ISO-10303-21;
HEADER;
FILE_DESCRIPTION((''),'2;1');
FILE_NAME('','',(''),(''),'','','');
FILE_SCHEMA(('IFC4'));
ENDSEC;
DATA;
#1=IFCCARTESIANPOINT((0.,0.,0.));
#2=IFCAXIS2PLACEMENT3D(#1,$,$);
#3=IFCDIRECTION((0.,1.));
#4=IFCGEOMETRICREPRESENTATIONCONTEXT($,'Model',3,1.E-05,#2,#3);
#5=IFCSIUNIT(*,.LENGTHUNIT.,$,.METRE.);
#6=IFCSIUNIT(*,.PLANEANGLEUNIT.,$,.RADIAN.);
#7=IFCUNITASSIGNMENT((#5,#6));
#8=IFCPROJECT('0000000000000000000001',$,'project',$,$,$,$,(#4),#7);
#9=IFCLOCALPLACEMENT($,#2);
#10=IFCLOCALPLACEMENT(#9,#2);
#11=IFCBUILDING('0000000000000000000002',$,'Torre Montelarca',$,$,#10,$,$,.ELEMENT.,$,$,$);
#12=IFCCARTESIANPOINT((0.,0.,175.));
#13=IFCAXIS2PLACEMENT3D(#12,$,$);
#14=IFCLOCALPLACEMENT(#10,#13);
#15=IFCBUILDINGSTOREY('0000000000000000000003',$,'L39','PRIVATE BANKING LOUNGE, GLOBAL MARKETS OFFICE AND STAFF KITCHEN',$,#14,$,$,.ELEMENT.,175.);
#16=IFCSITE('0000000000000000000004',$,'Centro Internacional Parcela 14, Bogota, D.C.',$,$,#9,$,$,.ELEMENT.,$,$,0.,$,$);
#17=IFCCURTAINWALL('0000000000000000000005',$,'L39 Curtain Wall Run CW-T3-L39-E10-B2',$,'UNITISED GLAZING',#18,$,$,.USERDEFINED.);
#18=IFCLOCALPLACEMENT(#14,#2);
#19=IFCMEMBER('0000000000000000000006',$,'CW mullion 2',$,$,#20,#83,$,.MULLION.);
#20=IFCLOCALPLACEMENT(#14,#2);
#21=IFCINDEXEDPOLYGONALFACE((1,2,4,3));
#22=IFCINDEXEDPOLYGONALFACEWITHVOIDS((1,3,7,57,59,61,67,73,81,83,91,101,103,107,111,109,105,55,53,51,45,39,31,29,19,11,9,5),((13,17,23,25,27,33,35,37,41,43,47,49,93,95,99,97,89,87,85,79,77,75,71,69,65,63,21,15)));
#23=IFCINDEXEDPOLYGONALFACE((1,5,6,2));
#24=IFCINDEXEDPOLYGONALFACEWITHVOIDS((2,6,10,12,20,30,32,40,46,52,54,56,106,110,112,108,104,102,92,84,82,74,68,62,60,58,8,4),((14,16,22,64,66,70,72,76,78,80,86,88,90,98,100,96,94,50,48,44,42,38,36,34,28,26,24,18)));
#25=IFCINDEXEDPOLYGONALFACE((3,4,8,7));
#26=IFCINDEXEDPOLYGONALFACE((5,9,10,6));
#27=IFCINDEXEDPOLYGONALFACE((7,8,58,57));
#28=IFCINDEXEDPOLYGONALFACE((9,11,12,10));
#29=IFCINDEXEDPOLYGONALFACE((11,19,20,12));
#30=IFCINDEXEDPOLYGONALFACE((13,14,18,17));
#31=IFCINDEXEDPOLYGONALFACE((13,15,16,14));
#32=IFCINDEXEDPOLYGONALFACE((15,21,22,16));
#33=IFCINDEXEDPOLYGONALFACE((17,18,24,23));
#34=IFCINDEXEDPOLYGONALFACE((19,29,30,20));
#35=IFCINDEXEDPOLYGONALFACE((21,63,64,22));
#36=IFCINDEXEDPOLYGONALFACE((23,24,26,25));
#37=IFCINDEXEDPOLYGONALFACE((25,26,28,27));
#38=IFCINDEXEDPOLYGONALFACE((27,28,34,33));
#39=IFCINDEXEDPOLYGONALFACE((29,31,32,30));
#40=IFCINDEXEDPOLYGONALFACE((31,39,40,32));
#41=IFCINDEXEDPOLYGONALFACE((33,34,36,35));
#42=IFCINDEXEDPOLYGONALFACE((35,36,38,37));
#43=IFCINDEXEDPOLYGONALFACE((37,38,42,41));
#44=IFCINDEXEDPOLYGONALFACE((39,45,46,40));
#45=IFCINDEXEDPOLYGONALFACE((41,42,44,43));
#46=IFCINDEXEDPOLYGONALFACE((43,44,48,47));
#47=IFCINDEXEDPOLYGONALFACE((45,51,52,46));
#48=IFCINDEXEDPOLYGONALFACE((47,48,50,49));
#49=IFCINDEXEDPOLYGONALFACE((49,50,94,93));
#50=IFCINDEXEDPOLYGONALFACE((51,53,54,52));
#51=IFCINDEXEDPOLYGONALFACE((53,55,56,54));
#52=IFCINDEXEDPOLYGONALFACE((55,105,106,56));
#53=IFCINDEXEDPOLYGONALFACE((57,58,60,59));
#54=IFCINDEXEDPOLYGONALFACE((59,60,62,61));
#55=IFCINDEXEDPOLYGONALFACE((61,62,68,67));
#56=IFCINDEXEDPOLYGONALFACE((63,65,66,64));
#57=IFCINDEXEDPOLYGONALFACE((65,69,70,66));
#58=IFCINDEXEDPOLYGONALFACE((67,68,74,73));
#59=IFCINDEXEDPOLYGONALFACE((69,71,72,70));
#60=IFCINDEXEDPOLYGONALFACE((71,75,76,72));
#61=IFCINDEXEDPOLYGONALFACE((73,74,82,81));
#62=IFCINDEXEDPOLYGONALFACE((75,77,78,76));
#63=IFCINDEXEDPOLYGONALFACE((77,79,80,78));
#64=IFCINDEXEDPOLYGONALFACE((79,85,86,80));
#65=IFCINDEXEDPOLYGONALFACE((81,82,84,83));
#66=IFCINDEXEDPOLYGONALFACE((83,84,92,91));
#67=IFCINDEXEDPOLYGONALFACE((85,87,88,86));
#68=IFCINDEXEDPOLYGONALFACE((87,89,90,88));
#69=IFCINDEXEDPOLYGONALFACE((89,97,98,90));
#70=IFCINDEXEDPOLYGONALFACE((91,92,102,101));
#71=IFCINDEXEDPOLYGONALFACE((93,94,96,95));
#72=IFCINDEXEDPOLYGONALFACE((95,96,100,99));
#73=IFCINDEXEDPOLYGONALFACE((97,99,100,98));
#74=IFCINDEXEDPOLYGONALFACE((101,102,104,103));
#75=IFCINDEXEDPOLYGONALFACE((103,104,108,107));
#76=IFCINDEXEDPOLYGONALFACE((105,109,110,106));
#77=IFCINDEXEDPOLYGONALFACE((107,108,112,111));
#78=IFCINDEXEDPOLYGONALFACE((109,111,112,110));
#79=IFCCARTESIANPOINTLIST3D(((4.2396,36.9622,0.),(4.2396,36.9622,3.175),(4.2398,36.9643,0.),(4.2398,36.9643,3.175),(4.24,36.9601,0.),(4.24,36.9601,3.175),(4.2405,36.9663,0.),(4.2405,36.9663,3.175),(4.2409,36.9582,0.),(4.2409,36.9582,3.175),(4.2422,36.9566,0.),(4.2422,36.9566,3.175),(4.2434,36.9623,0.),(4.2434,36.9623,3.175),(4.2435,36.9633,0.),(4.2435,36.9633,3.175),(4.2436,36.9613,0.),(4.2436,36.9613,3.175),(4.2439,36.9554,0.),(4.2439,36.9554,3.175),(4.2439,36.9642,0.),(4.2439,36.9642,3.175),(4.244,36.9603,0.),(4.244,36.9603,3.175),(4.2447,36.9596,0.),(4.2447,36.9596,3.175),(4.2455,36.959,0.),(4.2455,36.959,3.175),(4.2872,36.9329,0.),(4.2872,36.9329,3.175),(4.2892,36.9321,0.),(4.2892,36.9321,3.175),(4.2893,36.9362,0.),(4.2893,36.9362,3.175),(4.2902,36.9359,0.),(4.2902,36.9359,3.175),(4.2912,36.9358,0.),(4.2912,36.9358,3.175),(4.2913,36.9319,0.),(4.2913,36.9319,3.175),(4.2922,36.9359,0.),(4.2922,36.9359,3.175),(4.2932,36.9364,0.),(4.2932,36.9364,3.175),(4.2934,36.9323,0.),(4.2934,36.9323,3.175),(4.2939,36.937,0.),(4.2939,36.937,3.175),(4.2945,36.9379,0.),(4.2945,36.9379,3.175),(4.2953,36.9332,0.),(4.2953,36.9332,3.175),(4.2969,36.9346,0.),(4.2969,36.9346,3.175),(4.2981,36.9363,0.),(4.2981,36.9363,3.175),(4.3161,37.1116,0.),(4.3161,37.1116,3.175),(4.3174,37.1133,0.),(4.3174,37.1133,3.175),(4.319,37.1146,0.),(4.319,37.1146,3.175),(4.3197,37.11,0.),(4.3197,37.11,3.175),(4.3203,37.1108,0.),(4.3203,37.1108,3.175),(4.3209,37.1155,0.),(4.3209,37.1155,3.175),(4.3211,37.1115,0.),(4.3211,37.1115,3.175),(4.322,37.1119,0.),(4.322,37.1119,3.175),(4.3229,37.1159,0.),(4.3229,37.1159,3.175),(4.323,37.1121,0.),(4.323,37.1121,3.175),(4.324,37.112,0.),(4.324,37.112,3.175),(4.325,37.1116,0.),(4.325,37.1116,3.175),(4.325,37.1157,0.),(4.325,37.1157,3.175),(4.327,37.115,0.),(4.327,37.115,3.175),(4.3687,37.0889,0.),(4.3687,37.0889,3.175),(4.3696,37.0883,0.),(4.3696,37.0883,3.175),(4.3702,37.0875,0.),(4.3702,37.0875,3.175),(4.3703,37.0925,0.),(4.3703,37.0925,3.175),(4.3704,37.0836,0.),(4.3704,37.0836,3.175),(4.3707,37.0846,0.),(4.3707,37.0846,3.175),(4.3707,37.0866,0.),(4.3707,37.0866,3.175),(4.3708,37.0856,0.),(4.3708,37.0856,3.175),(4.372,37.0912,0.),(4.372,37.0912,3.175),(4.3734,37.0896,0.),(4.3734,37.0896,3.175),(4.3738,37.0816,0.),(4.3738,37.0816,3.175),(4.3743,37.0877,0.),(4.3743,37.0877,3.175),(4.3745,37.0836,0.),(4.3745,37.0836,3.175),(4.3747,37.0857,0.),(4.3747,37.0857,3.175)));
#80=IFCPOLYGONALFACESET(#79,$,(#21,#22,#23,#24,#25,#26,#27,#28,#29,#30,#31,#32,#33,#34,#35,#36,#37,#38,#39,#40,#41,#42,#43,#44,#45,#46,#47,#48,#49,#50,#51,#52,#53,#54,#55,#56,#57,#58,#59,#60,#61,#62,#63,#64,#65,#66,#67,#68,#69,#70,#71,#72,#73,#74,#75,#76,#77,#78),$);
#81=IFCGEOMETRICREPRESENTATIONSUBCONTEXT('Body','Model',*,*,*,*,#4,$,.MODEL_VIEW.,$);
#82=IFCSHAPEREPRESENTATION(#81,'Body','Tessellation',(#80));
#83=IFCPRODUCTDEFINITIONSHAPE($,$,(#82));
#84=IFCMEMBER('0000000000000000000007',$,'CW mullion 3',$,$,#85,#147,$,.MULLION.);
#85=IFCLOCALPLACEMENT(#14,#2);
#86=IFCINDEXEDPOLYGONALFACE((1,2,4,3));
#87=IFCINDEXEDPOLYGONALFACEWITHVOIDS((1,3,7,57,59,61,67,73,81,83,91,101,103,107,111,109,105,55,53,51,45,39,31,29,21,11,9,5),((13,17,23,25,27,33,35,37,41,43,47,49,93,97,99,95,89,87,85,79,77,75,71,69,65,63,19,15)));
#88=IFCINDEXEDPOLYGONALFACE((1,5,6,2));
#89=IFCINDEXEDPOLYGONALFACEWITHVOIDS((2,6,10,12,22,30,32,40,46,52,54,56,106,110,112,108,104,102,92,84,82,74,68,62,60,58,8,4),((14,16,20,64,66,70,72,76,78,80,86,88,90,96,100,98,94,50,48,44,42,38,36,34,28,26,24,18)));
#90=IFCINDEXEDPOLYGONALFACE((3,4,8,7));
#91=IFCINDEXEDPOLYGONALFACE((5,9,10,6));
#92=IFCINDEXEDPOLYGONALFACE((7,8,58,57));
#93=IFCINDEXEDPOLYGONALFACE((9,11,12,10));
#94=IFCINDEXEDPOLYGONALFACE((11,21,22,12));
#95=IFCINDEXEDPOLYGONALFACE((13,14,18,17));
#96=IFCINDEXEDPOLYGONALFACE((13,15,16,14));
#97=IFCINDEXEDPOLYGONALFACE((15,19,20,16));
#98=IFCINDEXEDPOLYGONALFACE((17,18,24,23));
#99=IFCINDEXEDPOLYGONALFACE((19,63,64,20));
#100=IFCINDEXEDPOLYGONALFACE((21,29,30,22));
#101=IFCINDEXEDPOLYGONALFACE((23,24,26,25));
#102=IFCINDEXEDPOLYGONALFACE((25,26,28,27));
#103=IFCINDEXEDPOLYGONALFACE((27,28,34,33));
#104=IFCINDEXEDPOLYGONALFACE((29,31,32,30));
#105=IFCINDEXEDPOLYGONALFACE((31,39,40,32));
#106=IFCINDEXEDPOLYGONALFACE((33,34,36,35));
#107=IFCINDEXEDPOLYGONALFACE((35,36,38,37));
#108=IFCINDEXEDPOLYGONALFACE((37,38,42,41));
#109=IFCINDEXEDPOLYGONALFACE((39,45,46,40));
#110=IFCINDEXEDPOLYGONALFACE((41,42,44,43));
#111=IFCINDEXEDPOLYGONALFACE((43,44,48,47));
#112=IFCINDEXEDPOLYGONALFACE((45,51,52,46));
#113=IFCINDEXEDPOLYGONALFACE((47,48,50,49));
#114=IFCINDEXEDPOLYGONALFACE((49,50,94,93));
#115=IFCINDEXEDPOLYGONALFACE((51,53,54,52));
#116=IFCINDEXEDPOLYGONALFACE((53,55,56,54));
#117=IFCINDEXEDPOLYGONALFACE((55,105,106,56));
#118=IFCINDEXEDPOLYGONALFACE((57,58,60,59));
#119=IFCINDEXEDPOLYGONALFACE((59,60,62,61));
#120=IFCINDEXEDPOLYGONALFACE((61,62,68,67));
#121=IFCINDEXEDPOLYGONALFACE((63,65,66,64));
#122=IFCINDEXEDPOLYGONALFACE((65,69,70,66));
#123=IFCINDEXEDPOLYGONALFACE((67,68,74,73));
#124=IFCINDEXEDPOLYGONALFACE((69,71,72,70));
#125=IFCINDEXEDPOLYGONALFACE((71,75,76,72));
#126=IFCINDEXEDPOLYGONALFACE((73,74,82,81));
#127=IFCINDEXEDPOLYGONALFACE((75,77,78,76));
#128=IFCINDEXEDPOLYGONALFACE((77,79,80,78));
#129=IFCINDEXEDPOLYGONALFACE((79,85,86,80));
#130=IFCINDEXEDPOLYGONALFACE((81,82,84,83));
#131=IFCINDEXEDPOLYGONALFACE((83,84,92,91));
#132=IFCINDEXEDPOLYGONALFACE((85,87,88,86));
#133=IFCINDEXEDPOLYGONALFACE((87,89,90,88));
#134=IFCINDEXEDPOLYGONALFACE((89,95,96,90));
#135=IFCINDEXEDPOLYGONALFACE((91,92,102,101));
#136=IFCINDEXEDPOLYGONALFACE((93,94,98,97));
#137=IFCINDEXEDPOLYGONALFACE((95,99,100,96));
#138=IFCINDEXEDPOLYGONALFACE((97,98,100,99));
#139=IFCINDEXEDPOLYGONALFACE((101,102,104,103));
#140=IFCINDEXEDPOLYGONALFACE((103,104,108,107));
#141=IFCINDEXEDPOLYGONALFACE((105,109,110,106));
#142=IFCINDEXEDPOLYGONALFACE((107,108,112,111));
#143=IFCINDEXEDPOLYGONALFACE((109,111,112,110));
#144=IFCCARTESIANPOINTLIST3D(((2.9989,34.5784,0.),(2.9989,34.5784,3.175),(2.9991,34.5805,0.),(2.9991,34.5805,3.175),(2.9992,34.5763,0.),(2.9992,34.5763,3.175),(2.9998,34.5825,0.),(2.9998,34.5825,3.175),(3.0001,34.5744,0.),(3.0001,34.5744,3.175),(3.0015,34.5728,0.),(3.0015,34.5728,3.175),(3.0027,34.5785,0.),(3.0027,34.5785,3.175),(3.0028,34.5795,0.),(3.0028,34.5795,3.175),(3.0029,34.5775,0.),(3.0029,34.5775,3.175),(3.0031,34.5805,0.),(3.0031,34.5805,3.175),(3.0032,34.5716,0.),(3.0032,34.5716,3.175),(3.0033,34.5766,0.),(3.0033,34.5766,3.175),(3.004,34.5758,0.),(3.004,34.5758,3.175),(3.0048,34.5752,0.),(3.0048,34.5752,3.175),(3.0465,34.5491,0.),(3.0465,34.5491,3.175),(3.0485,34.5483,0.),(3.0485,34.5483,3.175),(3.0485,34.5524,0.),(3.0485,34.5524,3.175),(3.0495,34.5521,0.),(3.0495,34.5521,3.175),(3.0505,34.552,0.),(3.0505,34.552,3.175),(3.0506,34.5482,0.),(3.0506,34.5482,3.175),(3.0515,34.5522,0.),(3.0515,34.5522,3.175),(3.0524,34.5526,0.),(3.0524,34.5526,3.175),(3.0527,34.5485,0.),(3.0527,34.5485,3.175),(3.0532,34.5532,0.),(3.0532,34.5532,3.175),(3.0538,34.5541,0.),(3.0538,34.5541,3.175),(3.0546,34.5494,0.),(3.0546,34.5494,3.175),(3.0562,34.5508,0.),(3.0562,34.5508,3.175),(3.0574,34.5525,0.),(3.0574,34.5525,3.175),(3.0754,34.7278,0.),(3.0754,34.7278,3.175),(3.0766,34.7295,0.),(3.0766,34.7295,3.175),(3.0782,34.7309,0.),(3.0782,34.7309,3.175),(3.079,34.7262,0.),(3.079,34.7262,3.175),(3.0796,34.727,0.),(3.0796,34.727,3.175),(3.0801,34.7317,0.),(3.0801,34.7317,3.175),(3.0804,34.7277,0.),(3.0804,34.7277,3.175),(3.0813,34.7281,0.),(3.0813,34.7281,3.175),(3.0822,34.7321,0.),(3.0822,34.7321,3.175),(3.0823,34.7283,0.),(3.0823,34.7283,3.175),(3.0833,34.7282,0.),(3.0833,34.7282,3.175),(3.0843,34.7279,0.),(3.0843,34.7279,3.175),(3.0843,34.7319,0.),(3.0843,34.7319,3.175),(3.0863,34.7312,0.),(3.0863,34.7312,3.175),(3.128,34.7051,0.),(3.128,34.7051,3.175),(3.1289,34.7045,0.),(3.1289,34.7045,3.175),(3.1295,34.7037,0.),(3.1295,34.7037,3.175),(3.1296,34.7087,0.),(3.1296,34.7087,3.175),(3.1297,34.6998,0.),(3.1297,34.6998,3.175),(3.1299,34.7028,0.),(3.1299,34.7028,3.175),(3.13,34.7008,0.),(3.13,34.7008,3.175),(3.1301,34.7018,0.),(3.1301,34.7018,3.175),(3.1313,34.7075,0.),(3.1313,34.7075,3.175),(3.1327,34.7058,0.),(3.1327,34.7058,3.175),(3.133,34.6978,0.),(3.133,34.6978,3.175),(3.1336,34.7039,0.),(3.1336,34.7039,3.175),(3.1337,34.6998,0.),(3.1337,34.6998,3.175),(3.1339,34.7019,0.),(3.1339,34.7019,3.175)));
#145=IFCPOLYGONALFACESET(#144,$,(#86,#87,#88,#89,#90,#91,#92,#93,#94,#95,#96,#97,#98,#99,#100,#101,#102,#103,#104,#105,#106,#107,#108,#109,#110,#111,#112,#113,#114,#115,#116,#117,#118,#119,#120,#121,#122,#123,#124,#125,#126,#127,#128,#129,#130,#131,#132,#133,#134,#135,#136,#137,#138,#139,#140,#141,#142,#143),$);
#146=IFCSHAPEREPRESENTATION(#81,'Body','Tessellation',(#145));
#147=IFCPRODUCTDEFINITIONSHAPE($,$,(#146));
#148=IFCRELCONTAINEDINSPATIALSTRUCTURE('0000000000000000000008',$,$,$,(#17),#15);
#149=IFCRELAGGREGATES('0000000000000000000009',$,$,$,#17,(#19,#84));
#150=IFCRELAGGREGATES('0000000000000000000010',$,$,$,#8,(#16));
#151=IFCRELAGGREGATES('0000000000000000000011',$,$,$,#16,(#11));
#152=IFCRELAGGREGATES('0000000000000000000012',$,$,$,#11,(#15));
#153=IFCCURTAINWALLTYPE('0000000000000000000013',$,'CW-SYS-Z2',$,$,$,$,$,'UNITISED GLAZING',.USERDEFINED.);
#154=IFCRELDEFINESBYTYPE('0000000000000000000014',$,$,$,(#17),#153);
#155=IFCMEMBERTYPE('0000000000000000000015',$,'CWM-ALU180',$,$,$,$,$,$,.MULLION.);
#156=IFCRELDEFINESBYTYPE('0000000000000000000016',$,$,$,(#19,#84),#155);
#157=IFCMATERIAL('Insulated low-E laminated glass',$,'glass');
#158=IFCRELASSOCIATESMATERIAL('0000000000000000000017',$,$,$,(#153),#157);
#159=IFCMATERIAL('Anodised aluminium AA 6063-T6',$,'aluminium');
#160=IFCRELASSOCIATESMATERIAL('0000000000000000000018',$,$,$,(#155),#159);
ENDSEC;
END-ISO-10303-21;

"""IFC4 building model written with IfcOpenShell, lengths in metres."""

from ifc_helpers import new_model, si_unit, direction, frame, origin, origin_2d, place, context, subcontext, project, spatial, hollow_rectangle, extrude, source, transform, mapped, material, material_profile, profile_set, type_object, element, aggregate, save


model = new_model("IFC4")

# Units and contexts
model_context = context("Model", 3, precision=1e-05, world=origin(), true_north=direction((0.0, 1.0)))
body_context = subcontext(model_context, "Body", "Model", "MODEL_VIEW")
ifc_project = project(units=[si_unit("LENGTHUNIT", "METRE"), si_unit("PLANEANGLEUNIT", "RADIAN")], contexts=[model_context])

# Site, building, storey
site_placement = place(None, origin())
site = spatial("IfcSite", under=ifc_project, at=site_placement, Name="Centro Internacional Parcela 14, Bogota, D.C.", CompositionType="ELEMENT", RefElevation=0.0)
building_placement = place(site_placement, origin())
building = spatial("IfcBuilding", under=site, at=building_placement, Name="Torre Montelarca", CompositionType="ELEMENT")
storey_placement = place(building_placement, frame((0.0, 0.0, 175.0)))
storey = spatial("IfcBuildingStorey", under=building, at=storey_placement, Name="L39", Description="PRIVATE BANKING LOUNGE, GLOBAL MARKETS OFFICE AND STAFF KITCHEN", CompositionType="ELEMENT", Elevation=175.0)

# Curtain wall, members
ifc_material_1 = material(Name="Insulated low-E laminated glass", Category="glass")
curtain_wall_type = type_object("IfcCurtainWallType", Name="CW-SYS-Z2", ElementType="UNITISED GLAZING", PredefinedType="USERDEFINED", material=ifc_material_1)
curtain_wall_placement = place(storey_placement, origin())
curtain_wall = element("IfcCurtainWall", 1, at=curtain_wall_placement, inside=storey, type_object=curtain_wall_type, Name="L39 Curtain Wall Run CW-T3-L39-E10-B2", ObjectType="UNITISED GLAZING", PredefinedType="USERDEFINED")
ifc_material_2 = material(Name="Anodised aluminium AA 6063-T6", Category="aluminium")
ifc_material_profile_1 = material_profile(ifc_material_2, hollow_rectangle(XDim=0.0649, YDim=0.1799, WallThickness=0.0039, InnerFilletRadius=0.0039, OuterFilletRadius=0.0081, at=origin_2d()), Name="ALU65X180X4", Category="aluminium")
ifc_profile_set_1 = profile_set([ifc_material_profile_1], Name="Anodised aluminium AA 6063-T6")
member_type_1 = type_object("IfcMemberType", Name="CWM-ALU180", PredefinedType="MULLION", material=ifc_profile_set_1)
shared_shape_1 = source(origin(), body_context, "Body", "SweptSolid", [
    extrude(hollow_rectangle(XDim=0.0649, YDim=0.1799, WallThickness=0.0039, InnerFilletRadius=0.0039, OuterFilletRadius=0.0081, at=origin_2d()), origin(), (0.0, 0.0, 1.0), 3.175),
])
member_1_placement = place(storey_placement, frame((4.3071, 37.0239, 0.0), z_axis=(0.0, 0.0, 1.0), x_axis=(0.887014, -0.461742, 0.0)))
member_1 = element("IfcMember", 2, at=member_1_placement, type_object=member_type_1, Name="CW mullion 2", PredefinedType="MULLION", context=body_context, shape_type="MappedRepresentation", body=[
    mapped(shared_shape_1, transform((0.0, 0.0, 0.0), scale=1.0)),
])
member_2_placement = place(storey_placement, frame((3.0664, 34.6401, 0.0), z_axis=(0.0, 0.0, 1.0), x_axis=(0.887014, -0.461742, 0.0)))
member_2 = element("IfcMember", 3, at=member_2_placement, type_object=member_type_1, Name="CW mullion 3", PredefinedType="MULLION", context=body_context, shape_type="MappedRepresentation", body=[
    mapped(shared_shape_1, transform((0.0, 0.0, 0.0), scale=1.0)),
])
aggregate(curtain_wall, [member_1, member_2])

save(model, "model.ifc")
